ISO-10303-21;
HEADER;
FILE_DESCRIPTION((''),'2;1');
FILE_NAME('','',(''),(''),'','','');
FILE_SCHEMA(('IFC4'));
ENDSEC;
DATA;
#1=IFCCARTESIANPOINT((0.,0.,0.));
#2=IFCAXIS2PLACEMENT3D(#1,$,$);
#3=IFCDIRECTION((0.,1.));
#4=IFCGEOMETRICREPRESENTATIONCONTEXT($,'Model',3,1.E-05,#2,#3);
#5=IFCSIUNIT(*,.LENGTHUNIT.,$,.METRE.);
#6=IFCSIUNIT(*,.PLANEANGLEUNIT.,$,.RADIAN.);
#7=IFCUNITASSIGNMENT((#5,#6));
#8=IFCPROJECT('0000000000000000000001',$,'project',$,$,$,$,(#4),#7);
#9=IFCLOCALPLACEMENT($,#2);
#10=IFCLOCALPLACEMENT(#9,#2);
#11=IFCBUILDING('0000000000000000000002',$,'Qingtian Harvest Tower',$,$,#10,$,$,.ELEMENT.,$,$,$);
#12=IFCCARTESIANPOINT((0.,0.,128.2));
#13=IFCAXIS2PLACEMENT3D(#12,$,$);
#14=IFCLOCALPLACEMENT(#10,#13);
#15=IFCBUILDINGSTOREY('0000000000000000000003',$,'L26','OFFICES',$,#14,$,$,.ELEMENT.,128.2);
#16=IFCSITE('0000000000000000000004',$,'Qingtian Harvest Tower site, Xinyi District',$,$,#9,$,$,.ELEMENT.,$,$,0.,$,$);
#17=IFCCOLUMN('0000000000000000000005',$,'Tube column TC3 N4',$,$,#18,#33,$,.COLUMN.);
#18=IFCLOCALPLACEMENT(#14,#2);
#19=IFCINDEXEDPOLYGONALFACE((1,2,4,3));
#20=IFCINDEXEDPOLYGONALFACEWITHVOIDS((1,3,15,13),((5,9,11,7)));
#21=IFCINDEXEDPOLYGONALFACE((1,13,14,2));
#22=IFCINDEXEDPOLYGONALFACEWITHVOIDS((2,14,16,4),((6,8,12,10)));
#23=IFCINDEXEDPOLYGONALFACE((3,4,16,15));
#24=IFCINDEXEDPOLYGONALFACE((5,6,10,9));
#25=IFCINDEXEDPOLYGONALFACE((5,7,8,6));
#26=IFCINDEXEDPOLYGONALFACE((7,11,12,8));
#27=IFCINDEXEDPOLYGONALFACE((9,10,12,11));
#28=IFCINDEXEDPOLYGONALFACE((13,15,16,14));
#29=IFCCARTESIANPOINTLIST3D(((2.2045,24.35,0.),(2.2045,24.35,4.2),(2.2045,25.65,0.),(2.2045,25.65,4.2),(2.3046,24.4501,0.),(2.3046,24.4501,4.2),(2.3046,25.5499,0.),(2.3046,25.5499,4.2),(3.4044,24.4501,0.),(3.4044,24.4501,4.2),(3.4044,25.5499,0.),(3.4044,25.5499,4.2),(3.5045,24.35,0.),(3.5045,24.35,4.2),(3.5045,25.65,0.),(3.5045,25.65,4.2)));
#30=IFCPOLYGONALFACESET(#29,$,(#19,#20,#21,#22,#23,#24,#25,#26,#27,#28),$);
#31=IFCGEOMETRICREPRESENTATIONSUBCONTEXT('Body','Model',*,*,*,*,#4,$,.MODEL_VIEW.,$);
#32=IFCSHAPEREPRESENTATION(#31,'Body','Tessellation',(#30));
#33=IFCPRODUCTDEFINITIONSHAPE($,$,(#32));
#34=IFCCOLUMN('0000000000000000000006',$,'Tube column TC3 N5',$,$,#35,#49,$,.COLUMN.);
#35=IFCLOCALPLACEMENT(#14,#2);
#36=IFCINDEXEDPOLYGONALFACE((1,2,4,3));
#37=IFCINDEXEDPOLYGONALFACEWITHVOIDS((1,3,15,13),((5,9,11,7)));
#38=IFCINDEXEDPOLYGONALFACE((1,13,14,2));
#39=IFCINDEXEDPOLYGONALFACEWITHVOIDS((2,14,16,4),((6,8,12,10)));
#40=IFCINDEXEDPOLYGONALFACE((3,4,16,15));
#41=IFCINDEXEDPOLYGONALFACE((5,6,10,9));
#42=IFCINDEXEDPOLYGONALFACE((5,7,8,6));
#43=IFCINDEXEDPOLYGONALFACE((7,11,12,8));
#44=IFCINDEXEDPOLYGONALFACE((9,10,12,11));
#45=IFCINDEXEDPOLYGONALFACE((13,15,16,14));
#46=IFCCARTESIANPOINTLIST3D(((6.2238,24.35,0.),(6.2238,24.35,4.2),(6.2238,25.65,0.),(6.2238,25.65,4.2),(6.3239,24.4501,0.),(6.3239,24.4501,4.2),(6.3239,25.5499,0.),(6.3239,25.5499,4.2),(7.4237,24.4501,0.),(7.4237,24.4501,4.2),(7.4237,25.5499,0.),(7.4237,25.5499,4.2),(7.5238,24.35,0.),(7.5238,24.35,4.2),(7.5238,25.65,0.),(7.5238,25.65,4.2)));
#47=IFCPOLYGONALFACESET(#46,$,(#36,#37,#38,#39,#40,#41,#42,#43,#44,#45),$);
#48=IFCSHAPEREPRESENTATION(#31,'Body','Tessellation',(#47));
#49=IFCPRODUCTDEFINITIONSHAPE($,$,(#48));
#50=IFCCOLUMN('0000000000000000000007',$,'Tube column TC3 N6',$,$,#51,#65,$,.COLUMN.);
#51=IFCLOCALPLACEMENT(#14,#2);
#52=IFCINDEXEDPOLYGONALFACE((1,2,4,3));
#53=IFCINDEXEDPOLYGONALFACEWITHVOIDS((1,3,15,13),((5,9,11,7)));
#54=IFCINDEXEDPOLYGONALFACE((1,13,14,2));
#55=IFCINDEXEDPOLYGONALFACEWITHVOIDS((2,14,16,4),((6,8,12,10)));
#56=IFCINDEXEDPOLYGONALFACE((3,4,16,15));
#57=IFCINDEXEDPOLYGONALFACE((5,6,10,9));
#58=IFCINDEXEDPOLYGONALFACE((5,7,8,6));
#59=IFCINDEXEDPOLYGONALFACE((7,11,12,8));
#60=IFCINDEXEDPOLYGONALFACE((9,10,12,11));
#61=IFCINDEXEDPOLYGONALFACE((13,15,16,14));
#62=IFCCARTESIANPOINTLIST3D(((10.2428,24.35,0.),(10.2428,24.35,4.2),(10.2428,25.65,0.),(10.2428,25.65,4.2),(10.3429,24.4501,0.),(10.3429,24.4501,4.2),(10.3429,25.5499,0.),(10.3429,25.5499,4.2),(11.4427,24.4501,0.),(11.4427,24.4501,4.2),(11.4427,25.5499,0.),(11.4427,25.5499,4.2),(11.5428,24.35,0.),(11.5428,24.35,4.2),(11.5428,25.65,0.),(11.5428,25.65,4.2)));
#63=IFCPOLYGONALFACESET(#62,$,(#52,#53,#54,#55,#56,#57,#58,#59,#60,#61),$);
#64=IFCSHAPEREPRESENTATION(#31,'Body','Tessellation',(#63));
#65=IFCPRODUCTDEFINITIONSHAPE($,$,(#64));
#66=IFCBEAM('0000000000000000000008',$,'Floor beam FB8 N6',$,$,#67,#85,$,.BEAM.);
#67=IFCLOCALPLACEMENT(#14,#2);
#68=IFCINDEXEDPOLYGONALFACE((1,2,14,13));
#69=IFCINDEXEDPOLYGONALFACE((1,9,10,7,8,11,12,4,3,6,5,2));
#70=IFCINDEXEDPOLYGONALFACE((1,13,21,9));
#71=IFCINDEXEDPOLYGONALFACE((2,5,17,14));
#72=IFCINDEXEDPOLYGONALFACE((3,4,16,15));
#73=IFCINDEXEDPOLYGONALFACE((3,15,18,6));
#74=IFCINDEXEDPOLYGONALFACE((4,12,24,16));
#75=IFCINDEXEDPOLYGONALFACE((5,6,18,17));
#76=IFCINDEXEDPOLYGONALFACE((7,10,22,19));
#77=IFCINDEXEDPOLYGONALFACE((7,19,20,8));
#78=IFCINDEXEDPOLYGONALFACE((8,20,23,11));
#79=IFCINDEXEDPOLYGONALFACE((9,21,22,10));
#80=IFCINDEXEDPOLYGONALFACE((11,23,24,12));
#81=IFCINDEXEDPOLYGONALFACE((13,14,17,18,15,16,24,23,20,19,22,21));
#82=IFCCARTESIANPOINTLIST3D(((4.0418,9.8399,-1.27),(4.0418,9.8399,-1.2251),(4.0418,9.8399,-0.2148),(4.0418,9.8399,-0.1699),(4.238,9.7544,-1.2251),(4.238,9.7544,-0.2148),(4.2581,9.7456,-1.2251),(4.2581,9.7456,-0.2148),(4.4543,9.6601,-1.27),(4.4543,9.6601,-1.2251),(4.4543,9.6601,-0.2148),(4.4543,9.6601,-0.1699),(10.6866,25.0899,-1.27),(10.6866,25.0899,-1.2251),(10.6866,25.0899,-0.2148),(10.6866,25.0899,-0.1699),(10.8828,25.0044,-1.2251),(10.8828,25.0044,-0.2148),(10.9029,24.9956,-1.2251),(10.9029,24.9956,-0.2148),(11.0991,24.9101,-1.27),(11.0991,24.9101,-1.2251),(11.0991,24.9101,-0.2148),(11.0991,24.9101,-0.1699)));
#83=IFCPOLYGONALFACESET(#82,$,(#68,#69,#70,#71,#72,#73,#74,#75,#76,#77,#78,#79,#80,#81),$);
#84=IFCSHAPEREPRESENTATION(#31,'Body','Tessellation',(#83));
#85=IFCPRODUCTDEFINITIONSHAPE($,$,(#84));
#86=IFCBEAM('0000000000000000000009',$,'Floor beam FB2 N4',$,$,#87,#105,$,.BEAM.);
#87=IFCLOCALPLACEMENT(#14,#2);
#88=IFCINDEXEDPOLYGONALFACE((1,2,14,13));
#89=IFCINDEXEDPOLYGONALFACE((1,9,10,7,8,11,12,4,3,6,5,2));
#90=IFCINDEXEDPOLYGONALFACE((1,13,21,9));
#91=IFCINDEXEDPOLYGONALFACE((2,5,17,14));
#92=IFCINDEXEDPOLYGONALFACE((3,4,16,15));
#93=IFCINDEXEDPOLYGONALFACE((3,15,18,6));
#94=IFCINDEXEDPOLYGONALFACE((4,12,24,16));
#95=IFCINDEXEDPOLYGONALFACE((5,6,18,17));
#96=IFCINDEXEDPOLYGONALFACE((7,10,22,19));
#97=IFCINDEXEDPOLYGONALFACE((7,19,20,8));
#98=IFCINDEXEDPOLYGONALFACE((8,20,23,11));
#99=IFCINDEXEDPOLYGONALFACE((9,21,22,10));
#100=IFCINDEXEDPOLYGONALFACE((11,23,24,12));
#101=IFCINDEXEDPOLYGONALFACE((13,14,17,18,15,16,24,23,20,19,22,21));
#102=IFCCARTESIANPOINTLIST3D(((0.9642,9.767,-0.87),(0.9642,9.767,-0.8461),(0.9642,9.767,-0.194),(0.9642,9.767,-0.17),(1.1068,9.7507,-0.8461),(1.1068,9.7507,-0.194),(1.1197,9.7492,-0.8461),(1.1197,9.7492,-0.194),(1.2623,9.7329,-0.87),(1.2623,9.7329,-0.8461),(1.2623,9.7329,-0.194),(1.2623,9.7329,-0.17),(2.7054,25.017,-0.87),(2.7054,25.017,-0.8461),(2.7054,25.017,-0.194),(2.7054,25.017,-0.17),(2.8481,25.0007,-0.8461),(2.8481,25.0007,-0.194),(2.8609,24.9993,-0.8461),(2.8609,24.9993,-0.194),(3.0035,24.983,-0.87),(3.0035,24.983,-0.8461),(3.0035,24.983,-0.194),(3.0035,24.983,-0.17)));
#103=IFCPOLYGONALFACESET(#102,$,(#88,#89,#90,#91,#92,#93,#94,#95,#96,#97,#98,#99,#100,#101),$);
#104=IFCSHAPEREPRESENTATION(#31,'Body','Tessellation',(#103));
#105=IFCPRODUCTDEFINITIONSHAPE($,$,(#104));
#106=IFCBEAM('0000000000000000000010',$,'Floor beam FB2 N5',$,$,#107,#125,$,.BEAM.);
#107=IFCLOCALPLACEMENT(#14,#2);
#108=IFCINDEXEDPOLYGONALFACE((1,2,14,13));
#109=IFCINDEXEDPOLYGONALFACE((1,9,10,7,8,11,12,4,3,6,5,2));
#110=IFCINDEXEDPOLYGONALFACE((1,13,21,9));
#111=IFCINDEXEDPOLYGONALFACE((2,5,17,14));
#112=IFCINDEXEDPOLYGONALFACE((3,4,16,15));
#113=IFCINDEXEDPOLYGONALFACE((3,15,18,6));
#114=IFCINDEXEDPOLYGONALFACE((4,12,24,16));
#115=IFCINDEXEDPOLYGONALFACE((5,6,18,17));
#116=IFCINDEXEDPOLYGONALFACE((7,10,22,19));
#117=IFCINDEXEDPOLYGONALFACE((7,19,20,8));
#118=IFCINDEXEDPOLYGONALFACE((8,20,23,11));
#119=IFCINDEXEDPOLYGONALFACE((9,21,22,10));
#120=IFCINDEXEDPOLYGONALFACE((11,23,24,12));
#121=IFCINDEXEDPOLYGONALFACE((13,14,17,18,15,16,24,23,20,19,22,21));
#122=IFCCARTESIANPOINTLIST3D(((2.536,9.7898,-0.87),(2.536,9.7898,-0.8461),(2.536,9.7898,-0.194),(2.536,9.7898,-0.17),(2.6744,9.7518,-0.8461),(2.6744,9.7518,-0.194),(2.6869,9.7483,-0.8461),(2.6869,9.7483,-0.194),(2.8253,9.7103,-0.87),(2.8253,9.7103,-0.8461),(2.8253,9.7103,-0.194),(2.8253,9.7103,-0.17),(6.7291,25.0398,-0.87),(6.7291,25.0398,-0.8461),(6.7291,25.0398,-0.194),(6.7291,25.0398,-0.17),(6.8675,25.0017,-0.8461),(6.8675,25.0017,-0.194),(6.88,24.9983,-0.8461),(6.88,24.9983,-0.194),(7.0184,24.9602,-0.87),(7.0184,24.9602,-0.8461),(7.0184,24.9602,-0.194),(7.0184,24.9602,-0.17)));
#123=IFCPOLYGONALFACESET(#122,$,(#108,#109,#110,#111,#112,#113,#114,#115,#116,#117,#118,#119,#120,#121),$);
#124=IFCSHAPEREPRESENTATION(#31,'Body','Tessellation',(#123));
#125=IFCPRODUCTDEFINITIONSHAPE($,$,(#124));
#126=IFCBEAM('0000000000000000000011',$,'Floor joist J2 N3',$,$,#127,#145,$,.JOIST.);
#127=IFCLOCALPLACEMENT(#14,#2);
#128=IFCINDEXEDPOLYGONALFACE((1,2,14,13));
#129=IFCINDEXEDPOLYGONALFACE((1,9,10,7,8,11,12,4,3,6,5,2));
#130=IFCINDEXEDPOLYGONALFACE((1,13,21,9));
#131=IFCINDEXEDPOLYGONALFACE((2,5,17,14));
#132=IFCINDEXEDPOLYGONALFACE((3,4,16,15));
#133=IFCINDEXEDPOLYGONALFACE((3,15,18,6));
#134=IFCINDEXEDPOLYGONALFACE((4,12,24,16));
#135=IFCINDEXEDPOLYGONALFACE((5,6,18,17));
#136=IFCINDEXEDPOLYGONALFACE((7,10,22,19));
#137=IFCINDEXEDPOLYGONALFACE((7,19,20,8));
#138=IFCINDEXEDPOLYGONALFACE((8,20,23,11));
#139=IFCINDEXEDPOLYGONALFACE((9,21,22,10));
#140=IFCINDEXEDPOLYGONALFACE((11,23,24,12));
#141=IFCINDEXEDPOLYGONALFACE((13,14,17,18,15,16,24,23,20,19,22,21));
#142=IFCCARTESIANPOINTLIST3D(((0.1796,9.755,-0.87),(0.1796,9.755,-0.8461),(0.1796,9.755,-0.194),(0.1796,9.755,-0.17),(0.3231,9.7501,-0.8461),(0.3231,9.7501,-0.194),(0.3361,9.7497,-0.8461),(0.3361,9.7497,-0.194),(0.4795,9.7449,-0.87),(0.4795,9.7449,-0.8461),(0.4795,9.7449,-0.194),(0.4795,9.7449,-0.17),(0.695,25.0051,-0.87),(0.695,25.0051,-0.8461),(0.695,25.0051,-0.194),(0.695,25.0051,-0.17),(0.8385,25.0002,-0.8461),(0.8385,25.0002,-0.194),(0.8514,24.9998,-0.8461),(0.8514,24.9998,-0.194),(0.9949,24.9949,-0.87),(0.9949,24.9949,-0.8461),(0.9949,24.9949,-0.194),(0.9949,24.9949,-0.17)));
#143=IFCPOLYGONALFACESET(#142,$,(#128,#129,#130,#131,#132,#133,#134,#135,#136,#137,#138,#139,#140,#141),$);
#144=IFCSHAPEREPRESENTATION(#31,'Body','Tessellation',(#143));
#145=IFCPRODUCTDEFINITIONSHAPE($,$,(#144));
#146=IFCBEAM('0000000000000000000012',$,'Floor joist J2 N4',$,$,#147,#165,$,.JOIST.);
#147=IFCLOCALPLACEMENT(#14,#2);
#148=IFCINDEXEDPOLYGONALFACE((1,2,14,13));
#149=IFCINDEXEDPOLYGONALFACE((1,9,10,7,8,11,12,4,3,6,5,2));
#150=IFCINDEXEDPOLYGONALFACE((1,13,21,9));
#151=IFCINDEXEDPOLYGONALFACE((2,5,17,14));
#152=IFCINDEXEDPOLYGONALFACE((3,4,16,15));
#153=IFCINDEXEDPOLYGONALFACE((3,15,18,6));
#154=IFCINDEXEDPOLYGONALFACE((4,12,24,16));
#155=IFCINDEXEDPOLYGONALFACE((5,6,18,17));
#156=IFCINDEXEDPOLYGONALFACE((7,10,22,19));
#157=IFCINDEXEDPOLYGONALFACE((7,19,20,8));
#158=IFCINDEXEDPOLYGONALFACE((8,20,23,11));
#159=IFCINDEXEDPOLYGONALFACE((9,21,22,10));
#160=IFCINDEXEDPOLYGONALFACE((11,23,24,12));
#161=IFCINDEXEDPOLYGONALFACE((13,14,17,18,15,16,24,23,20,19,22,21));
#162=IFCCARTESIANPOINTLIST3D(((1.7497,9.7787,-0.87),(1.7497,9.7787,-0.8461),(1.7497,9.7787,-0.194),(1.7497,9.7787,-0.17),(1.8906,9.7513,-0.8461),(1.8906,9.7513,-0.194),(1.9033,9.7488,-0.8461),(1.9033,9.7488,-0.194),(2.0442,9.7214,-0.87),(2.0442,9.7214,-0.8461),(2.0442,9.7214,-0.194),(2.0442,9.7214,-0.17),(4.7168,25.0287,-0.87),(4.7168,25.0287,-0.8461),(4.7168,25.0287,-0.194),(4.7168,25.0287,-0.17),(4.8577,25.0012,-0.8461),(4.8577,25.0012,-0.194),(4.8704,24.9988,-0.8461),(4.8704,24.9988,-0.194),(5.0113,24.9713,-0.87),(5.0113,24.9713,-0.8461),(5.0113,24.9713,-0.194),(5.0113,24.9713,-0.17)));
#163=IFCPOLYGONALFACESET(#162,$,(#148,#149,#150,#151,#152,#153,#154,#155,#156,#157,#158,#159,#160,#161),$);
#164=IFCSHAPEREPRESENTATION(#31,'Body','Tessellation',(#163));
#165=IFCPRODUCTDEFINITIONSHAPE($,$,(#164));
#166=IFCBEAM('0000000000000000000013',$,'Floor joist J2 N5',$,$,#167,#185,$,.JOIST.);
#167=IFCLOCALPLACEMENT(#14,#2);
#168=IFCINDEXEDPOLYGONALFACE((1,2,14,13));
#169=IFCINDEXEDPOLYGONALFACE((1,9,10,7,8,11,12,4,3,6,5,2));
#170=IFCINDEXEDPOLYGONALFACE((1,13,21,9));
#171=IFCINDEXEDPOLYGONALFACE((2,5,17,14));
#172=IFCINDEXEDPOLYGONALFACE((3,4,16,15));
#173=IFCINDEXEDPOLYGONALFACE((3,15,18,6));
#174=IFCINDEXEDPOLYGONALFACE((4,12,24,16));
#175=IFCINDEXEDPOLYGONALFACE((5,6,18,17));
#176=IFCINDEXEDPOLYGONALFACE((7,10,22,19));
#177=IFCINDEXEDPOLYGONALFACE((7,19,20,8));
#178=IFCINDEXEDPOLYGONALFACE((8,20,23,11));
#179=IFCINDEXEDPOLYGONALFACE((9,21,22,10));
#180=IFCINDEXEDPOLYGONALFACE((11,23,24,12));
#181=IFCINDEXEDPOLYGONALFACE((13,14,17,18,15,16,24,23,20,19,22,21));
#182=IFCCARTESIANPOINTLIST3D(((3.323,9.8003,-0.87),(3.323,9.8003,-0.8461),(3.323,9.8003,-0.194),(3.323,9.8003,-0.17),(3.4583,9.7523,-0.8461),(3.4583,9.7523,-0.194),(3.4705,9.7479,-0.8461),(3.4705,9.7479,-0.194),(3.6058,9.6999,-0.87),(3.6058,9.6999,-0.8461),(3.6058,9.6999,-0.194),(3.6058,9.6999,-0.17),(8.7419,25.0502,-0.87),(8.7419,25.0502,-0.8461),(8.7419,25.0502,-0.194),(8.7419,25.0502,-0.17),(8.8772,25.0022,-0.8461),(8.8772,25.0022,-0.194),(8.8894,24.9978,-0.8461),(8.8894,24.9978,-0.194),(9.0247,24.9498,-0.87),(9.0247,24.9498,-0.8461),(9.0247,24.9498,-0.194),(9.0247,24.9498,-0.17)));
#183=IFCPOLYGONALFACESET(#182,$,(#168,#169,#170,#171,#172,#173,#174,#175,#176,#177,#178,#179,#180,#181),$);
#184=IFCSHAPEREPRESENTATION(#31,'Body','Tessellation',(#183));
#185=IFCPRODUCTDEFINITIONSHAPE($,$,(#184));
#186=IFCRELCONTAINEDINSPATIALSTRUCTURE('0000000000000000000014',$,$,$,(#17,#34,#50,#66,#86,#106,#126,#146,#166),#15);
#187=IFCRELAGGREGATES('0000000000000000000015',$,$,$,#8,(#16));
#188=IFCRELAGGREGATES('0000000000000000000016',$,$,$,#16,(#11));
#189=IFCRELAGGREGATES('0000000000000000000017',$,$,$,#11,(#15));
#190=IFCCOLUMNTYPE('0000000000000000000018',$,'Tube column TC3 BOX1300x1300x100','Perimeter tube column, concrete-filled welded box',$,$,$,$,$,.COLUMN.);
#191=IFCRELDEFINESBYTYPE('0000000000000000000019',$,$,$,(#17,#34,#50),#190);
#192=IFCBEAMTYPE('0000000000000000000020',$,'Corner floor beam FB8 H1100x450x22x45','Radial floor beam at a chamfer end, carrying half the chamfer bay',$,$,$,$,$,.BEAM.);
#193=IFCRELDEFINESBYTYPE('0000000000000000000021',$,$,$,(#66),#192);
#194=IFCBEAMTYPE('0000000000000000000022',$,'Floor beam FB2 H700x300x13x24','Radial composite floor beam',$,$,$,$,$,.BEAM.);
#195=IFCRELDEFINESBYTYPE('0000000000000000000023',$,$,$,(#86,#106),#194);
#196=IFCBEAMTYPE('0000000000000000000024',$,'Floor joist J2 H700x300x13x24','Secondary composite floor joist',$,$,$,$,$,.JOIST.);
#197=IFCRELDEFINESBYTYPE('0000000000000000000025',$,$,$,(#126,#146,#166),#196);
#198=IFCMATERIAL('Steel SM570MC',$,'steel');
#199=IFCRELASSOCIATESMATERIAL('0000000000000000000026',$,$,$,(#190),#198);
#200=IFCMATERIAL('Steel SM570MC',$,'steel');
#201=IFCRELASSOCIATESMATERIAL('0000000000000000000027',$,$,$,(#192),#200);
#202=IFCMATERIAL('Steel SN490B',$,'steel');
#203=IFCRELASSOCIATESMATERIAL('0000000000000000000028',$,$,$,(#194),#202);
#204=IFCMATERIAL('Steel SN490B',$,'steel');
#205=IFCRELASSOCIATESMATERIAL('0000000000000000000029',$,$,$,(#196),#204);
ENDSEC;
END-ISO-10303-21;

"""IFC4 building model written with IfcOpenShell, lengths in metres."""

from ifc_helpers import new_model, si_unit, direction, frame, origin, origin_2d, place, context, subcontext, project, spatial, hollow_rectangle, i_section, extrude, material, material_profile, profile_set, type_object, element, save


model = new_model("IFC4")

# Units and contexts
model_context = context("Model", 3, precision=1e-05, world=origin(), true_north=direction((0.0, 1.0)))
body_context = subcontext(model_context, "Body", "Model", "MODEL_VIEW")
ifc_project = project(units=[si_unit("LENGTHUNIT", "METRE"), si_unit("PLANEANGLEUNIT", "RADIAN")], contexts=[model_context])

# Site, building, storey
site_placement = place(None, origin())
site = spatial("IfcSite", under=ifc_project, at=site_placement, Name="Qingtian Harvest Tower site, Xinyi District", CompositionType="ELEMENT", RefElevation=0.0)
building_placement = place(site_placement, origin())
building = spatial("IfcBuilding", under=site, at=building_placement, Name="Qingtian Harvest Tower", CompositionType="ELEMENT")
storey_placement = place(building_placement, frame((0.0, 0.0, 128.2)))
storey = spatial("IfcBuildingStorey", under=building, at=storey_placement, Name="L26", Description="OFFICES", CompositionType="ELEMENT", Elevation=128.2)

# Columns
ifc_material_1 = material(Name="Steel SM570MC", Category="steel")
ifc_material_profile_1 = material_profile(ifc_material_1, hollow_rectangle(XDim=1.3, YDim=1.3, WallThickness=0.1001, at=origin_2d()), Name="BOX1300x1300x100")
ifc_profile_set_1 = profile_set([ifc_material_profile_1], Name="Steel SM570MC")
column_type = type_object("IfcColumnType", Name="Tube column TC3 BOX1300x1300x100", Description="Perimeter tube column, concrete-filled welded box", PredefinedType="COLUMN", material=ifc_profile_set_1)
for number, where, z_axis, x_axis, name in (
    (1, (2.8545, 25.0, 0.0), (0.0, 0.0, 1.0), (-1.0, 0.0, 0.0), "Tube column TC3 N4"),
    (2, (6.8738, 25.0, 0.0), (0.0, 0.0, 1.0), (-1.0, 0.0, 0.0), "Tube column TC3 N5"),
    (3, (10.8928, 25.0, 0.0), (0.0, 0.0, 1.0), (-1.0, 0.0, 0.0), "Tube column TC3 N6"),
):
    element("IfcColumn", number, at=place(storey_placement, frame(where, z_axis=z_axis, x_axis=x_axis)), inside=storey, type_object=column_type, Name=name, PredefinedType="COLUMN", context=body_context, shape_type="SweptSolid", body=[
        extrude(hollow_rectangle(XDim=1.3, YDim=1.3, WallThickness=0.1001, at=origin_2d()), origin(), (0.0, 0.0, 1.0), 4.2),
    ])

# Beams
ifc_material_2 = material(Name="Steel SM570MC", Category="steel")
ifc_material_profile_2 = material_profile(ifc_material_2, i_section(OverallWidth=0.45, OverallDepth=1.1001, WebThickness=0.022, FlangeThickness=0.0449, at=origin_2d()), Name="H1100x450x22x45")
ifc_profile_set_2 = profile_set([ifc_material_profile_2], Name="Steel SM570MC")
beam_type_1 = type_object("IfcBeamType", Name="Corner floor beam FB8 H1100x450x22x45", Description="Radial floor beam at a chamfer end, carrying half the chamfer bay", PredefinedType="BEAM", material=ifc_profile_set_2)
beam_1_placement = place(storey_placement, frame((10.8928, 25.0, -0.72), z_axis=(-0.399451, -0.916755, 0.0), x_axis=(0.916755, -0.399451, 0.0)))
element("IfcBeam", 4, at=beam_1_placement, inside=storey, type_object=beam_type_1, Name="Floor beam FB8 N6", PredefinedType="BEAM", context=body_context, shape_type="SweptSolid", body=[
    extrude(i_section(OverallWidth=0.45, OverallDepth=1.1001, WebThickness=0.022, FlangeThickness=0.0449, at=origin_2d()), origin(), (0.0, 0.0, 1.0), 16.6348),
])
ifc_material_3 = material(Name="Steel SN490B", Category="steel")
ifc_material_profile_3 = material_profile(ifc_material_3, i_section(OverallWidth=0.3, OverallDepth=0.7, WebThickness=0.0129, FlangeThickness=0.0239, at=origin_2d()), Name="H700x300x13x24")
ifc_profile_set_3 = profile_set([ifc_material_profile_3], Name="Steel SN490B")
beam_type_2 = type_object("IfcBeamType", Name="Floor beam FB2 H700x300x13x24", Description="Radial composite floor beam", PredefinedType="BEAM", material=ifc_profile_set_3)
beam_2_placement = place(storey_placement, frame((2.8545, 25.0, -0.52), z_axis=(-0.113441, -0.993545, 0.0), x_axis=(0.993545, -0.113441, 0.0)))
element("IfcBeam", 5, at=beam_2_placement, inside=storey, type_object=beam_type_2, Name="Floor beam FB2 N4", PredefinedType="BEAM", context=body_context, shape_type="SweptSolid", body=[
    extrude(i_section(OverallWidth=0.3, OverallDepth=0.7, WebThickness=0.0129, FlangeThickness=0.0239, at=origin_2d()), origin(), (0.0, 0.0, 1.0), 15.3491),
])
beam_3_placement = place(storey_placement, frame((6.8738, 25.0, -0.52), z_axis=(-0.265119, -0.964216, 0.0), x_axis=(0.964216, -0.265119, 0.0)))
element("IfcBeam", 6, at=beam_3_placement, inside=storey, type_object=beam_type_2, Name="Floor beam FB2 N5", PredefinedType="BEAM", context=body_context, shape_type="SweptSolid", body=[
    extrude(i_section(OverallWidth=0.3, OverallDepth=0.7, WebThickness=0.0129, FlangeThickness=0.0239, at=origin_2d()), origin(), (0.0, 0.0, 1.0), 15.8159),
])
ifc_material_4 = material(Name="Steel SN490B", Category="steel")
ifc_material_profile_4 = material_profile(ifc_material_4, i_section(OverallWidth=0.3, OverallDepth=0.7, WebThickness=0.0129, FlangeThickness=0.0239, at=origin_2d()), Name="H700x300x13x24")
ifc_profile_set_4 = profile_set([ifc_material_profile_4], Name="Steel SN490B")
beam_type_3 = type_object("IfcBeamType", Name="Floor joist J2 H700x300x13x24", Description="Secondary composite floor joist", PredefinedType="JOIST", material=ifc_profile_set_4)
beam_4_placement = place(storey_placement, frame((0.845, 25.0, -0.52), z_axis=(-0.033776, -0.999429, 0.0), x_axis=(0.999429, -0.033776, 0.0)))
element("IfcBeam", 7, at=beam_4_placement, inside=storey, type_object=beam_type_3, Name="Floor joist J2 N3", PredefinedType="JOIST", context=body_context, shape_type="SweptSolid", body=[
    extrude(i_section(OverallWidth=0.3, OverallDepth=0.7, WebThickness=0.0129, FlangeThickness=0.0239, at=origin_2d()), origin(), (0.0, 0.0, 1.0), 15.2588),
])
beam_5_placement = place(storey_placement, frame((4.864, 25.0, -0.52), z_axis=(-0.190979, -0.981594, 0.0), x_axis=(0.981594, -0.190979, 0.0)))
element("IfcBeam", 8, at=beam_5_placement, inside=storey, type_object=beam_type_3, Name="Floor joist J2 N4", PredefinedType="JOIST", context=body_context, shape_type="SweptSolid", body=[
    extrude(i_section(OverallWidth=0.3, OverallDepth=0.7, WebThickness=0.0129, FlangeThickness=0.0239, at=origin_2d()), origin(), (0.0, 0.0, 1.0), 15.5359),
])
beam_6_placement = place(storey_placement, frame((8.8833, 25.0, -0.52), z_axis=(-0.33483, -0.942279, 0.0), x_axis=(0.942279, -0.33483, 0.0)))
element("IfcBeam", 9, at=beam_6_placement, inside=storey, type_object=beam_type_3, Name="Floor joist J2 N5", PredefinedType="JOIST", context=body_context, shape_type="SweptSolid", body=[
    extrude(i_section(OverallWidth=0.3, OverallDepth=0.7, WebThickness=0.0129, FlangeThickness=0.0239, at=origin_2d()), origin(), (0.0, 0.0, 1.0), 16.1841),
])

save(model, "model.ifc")
